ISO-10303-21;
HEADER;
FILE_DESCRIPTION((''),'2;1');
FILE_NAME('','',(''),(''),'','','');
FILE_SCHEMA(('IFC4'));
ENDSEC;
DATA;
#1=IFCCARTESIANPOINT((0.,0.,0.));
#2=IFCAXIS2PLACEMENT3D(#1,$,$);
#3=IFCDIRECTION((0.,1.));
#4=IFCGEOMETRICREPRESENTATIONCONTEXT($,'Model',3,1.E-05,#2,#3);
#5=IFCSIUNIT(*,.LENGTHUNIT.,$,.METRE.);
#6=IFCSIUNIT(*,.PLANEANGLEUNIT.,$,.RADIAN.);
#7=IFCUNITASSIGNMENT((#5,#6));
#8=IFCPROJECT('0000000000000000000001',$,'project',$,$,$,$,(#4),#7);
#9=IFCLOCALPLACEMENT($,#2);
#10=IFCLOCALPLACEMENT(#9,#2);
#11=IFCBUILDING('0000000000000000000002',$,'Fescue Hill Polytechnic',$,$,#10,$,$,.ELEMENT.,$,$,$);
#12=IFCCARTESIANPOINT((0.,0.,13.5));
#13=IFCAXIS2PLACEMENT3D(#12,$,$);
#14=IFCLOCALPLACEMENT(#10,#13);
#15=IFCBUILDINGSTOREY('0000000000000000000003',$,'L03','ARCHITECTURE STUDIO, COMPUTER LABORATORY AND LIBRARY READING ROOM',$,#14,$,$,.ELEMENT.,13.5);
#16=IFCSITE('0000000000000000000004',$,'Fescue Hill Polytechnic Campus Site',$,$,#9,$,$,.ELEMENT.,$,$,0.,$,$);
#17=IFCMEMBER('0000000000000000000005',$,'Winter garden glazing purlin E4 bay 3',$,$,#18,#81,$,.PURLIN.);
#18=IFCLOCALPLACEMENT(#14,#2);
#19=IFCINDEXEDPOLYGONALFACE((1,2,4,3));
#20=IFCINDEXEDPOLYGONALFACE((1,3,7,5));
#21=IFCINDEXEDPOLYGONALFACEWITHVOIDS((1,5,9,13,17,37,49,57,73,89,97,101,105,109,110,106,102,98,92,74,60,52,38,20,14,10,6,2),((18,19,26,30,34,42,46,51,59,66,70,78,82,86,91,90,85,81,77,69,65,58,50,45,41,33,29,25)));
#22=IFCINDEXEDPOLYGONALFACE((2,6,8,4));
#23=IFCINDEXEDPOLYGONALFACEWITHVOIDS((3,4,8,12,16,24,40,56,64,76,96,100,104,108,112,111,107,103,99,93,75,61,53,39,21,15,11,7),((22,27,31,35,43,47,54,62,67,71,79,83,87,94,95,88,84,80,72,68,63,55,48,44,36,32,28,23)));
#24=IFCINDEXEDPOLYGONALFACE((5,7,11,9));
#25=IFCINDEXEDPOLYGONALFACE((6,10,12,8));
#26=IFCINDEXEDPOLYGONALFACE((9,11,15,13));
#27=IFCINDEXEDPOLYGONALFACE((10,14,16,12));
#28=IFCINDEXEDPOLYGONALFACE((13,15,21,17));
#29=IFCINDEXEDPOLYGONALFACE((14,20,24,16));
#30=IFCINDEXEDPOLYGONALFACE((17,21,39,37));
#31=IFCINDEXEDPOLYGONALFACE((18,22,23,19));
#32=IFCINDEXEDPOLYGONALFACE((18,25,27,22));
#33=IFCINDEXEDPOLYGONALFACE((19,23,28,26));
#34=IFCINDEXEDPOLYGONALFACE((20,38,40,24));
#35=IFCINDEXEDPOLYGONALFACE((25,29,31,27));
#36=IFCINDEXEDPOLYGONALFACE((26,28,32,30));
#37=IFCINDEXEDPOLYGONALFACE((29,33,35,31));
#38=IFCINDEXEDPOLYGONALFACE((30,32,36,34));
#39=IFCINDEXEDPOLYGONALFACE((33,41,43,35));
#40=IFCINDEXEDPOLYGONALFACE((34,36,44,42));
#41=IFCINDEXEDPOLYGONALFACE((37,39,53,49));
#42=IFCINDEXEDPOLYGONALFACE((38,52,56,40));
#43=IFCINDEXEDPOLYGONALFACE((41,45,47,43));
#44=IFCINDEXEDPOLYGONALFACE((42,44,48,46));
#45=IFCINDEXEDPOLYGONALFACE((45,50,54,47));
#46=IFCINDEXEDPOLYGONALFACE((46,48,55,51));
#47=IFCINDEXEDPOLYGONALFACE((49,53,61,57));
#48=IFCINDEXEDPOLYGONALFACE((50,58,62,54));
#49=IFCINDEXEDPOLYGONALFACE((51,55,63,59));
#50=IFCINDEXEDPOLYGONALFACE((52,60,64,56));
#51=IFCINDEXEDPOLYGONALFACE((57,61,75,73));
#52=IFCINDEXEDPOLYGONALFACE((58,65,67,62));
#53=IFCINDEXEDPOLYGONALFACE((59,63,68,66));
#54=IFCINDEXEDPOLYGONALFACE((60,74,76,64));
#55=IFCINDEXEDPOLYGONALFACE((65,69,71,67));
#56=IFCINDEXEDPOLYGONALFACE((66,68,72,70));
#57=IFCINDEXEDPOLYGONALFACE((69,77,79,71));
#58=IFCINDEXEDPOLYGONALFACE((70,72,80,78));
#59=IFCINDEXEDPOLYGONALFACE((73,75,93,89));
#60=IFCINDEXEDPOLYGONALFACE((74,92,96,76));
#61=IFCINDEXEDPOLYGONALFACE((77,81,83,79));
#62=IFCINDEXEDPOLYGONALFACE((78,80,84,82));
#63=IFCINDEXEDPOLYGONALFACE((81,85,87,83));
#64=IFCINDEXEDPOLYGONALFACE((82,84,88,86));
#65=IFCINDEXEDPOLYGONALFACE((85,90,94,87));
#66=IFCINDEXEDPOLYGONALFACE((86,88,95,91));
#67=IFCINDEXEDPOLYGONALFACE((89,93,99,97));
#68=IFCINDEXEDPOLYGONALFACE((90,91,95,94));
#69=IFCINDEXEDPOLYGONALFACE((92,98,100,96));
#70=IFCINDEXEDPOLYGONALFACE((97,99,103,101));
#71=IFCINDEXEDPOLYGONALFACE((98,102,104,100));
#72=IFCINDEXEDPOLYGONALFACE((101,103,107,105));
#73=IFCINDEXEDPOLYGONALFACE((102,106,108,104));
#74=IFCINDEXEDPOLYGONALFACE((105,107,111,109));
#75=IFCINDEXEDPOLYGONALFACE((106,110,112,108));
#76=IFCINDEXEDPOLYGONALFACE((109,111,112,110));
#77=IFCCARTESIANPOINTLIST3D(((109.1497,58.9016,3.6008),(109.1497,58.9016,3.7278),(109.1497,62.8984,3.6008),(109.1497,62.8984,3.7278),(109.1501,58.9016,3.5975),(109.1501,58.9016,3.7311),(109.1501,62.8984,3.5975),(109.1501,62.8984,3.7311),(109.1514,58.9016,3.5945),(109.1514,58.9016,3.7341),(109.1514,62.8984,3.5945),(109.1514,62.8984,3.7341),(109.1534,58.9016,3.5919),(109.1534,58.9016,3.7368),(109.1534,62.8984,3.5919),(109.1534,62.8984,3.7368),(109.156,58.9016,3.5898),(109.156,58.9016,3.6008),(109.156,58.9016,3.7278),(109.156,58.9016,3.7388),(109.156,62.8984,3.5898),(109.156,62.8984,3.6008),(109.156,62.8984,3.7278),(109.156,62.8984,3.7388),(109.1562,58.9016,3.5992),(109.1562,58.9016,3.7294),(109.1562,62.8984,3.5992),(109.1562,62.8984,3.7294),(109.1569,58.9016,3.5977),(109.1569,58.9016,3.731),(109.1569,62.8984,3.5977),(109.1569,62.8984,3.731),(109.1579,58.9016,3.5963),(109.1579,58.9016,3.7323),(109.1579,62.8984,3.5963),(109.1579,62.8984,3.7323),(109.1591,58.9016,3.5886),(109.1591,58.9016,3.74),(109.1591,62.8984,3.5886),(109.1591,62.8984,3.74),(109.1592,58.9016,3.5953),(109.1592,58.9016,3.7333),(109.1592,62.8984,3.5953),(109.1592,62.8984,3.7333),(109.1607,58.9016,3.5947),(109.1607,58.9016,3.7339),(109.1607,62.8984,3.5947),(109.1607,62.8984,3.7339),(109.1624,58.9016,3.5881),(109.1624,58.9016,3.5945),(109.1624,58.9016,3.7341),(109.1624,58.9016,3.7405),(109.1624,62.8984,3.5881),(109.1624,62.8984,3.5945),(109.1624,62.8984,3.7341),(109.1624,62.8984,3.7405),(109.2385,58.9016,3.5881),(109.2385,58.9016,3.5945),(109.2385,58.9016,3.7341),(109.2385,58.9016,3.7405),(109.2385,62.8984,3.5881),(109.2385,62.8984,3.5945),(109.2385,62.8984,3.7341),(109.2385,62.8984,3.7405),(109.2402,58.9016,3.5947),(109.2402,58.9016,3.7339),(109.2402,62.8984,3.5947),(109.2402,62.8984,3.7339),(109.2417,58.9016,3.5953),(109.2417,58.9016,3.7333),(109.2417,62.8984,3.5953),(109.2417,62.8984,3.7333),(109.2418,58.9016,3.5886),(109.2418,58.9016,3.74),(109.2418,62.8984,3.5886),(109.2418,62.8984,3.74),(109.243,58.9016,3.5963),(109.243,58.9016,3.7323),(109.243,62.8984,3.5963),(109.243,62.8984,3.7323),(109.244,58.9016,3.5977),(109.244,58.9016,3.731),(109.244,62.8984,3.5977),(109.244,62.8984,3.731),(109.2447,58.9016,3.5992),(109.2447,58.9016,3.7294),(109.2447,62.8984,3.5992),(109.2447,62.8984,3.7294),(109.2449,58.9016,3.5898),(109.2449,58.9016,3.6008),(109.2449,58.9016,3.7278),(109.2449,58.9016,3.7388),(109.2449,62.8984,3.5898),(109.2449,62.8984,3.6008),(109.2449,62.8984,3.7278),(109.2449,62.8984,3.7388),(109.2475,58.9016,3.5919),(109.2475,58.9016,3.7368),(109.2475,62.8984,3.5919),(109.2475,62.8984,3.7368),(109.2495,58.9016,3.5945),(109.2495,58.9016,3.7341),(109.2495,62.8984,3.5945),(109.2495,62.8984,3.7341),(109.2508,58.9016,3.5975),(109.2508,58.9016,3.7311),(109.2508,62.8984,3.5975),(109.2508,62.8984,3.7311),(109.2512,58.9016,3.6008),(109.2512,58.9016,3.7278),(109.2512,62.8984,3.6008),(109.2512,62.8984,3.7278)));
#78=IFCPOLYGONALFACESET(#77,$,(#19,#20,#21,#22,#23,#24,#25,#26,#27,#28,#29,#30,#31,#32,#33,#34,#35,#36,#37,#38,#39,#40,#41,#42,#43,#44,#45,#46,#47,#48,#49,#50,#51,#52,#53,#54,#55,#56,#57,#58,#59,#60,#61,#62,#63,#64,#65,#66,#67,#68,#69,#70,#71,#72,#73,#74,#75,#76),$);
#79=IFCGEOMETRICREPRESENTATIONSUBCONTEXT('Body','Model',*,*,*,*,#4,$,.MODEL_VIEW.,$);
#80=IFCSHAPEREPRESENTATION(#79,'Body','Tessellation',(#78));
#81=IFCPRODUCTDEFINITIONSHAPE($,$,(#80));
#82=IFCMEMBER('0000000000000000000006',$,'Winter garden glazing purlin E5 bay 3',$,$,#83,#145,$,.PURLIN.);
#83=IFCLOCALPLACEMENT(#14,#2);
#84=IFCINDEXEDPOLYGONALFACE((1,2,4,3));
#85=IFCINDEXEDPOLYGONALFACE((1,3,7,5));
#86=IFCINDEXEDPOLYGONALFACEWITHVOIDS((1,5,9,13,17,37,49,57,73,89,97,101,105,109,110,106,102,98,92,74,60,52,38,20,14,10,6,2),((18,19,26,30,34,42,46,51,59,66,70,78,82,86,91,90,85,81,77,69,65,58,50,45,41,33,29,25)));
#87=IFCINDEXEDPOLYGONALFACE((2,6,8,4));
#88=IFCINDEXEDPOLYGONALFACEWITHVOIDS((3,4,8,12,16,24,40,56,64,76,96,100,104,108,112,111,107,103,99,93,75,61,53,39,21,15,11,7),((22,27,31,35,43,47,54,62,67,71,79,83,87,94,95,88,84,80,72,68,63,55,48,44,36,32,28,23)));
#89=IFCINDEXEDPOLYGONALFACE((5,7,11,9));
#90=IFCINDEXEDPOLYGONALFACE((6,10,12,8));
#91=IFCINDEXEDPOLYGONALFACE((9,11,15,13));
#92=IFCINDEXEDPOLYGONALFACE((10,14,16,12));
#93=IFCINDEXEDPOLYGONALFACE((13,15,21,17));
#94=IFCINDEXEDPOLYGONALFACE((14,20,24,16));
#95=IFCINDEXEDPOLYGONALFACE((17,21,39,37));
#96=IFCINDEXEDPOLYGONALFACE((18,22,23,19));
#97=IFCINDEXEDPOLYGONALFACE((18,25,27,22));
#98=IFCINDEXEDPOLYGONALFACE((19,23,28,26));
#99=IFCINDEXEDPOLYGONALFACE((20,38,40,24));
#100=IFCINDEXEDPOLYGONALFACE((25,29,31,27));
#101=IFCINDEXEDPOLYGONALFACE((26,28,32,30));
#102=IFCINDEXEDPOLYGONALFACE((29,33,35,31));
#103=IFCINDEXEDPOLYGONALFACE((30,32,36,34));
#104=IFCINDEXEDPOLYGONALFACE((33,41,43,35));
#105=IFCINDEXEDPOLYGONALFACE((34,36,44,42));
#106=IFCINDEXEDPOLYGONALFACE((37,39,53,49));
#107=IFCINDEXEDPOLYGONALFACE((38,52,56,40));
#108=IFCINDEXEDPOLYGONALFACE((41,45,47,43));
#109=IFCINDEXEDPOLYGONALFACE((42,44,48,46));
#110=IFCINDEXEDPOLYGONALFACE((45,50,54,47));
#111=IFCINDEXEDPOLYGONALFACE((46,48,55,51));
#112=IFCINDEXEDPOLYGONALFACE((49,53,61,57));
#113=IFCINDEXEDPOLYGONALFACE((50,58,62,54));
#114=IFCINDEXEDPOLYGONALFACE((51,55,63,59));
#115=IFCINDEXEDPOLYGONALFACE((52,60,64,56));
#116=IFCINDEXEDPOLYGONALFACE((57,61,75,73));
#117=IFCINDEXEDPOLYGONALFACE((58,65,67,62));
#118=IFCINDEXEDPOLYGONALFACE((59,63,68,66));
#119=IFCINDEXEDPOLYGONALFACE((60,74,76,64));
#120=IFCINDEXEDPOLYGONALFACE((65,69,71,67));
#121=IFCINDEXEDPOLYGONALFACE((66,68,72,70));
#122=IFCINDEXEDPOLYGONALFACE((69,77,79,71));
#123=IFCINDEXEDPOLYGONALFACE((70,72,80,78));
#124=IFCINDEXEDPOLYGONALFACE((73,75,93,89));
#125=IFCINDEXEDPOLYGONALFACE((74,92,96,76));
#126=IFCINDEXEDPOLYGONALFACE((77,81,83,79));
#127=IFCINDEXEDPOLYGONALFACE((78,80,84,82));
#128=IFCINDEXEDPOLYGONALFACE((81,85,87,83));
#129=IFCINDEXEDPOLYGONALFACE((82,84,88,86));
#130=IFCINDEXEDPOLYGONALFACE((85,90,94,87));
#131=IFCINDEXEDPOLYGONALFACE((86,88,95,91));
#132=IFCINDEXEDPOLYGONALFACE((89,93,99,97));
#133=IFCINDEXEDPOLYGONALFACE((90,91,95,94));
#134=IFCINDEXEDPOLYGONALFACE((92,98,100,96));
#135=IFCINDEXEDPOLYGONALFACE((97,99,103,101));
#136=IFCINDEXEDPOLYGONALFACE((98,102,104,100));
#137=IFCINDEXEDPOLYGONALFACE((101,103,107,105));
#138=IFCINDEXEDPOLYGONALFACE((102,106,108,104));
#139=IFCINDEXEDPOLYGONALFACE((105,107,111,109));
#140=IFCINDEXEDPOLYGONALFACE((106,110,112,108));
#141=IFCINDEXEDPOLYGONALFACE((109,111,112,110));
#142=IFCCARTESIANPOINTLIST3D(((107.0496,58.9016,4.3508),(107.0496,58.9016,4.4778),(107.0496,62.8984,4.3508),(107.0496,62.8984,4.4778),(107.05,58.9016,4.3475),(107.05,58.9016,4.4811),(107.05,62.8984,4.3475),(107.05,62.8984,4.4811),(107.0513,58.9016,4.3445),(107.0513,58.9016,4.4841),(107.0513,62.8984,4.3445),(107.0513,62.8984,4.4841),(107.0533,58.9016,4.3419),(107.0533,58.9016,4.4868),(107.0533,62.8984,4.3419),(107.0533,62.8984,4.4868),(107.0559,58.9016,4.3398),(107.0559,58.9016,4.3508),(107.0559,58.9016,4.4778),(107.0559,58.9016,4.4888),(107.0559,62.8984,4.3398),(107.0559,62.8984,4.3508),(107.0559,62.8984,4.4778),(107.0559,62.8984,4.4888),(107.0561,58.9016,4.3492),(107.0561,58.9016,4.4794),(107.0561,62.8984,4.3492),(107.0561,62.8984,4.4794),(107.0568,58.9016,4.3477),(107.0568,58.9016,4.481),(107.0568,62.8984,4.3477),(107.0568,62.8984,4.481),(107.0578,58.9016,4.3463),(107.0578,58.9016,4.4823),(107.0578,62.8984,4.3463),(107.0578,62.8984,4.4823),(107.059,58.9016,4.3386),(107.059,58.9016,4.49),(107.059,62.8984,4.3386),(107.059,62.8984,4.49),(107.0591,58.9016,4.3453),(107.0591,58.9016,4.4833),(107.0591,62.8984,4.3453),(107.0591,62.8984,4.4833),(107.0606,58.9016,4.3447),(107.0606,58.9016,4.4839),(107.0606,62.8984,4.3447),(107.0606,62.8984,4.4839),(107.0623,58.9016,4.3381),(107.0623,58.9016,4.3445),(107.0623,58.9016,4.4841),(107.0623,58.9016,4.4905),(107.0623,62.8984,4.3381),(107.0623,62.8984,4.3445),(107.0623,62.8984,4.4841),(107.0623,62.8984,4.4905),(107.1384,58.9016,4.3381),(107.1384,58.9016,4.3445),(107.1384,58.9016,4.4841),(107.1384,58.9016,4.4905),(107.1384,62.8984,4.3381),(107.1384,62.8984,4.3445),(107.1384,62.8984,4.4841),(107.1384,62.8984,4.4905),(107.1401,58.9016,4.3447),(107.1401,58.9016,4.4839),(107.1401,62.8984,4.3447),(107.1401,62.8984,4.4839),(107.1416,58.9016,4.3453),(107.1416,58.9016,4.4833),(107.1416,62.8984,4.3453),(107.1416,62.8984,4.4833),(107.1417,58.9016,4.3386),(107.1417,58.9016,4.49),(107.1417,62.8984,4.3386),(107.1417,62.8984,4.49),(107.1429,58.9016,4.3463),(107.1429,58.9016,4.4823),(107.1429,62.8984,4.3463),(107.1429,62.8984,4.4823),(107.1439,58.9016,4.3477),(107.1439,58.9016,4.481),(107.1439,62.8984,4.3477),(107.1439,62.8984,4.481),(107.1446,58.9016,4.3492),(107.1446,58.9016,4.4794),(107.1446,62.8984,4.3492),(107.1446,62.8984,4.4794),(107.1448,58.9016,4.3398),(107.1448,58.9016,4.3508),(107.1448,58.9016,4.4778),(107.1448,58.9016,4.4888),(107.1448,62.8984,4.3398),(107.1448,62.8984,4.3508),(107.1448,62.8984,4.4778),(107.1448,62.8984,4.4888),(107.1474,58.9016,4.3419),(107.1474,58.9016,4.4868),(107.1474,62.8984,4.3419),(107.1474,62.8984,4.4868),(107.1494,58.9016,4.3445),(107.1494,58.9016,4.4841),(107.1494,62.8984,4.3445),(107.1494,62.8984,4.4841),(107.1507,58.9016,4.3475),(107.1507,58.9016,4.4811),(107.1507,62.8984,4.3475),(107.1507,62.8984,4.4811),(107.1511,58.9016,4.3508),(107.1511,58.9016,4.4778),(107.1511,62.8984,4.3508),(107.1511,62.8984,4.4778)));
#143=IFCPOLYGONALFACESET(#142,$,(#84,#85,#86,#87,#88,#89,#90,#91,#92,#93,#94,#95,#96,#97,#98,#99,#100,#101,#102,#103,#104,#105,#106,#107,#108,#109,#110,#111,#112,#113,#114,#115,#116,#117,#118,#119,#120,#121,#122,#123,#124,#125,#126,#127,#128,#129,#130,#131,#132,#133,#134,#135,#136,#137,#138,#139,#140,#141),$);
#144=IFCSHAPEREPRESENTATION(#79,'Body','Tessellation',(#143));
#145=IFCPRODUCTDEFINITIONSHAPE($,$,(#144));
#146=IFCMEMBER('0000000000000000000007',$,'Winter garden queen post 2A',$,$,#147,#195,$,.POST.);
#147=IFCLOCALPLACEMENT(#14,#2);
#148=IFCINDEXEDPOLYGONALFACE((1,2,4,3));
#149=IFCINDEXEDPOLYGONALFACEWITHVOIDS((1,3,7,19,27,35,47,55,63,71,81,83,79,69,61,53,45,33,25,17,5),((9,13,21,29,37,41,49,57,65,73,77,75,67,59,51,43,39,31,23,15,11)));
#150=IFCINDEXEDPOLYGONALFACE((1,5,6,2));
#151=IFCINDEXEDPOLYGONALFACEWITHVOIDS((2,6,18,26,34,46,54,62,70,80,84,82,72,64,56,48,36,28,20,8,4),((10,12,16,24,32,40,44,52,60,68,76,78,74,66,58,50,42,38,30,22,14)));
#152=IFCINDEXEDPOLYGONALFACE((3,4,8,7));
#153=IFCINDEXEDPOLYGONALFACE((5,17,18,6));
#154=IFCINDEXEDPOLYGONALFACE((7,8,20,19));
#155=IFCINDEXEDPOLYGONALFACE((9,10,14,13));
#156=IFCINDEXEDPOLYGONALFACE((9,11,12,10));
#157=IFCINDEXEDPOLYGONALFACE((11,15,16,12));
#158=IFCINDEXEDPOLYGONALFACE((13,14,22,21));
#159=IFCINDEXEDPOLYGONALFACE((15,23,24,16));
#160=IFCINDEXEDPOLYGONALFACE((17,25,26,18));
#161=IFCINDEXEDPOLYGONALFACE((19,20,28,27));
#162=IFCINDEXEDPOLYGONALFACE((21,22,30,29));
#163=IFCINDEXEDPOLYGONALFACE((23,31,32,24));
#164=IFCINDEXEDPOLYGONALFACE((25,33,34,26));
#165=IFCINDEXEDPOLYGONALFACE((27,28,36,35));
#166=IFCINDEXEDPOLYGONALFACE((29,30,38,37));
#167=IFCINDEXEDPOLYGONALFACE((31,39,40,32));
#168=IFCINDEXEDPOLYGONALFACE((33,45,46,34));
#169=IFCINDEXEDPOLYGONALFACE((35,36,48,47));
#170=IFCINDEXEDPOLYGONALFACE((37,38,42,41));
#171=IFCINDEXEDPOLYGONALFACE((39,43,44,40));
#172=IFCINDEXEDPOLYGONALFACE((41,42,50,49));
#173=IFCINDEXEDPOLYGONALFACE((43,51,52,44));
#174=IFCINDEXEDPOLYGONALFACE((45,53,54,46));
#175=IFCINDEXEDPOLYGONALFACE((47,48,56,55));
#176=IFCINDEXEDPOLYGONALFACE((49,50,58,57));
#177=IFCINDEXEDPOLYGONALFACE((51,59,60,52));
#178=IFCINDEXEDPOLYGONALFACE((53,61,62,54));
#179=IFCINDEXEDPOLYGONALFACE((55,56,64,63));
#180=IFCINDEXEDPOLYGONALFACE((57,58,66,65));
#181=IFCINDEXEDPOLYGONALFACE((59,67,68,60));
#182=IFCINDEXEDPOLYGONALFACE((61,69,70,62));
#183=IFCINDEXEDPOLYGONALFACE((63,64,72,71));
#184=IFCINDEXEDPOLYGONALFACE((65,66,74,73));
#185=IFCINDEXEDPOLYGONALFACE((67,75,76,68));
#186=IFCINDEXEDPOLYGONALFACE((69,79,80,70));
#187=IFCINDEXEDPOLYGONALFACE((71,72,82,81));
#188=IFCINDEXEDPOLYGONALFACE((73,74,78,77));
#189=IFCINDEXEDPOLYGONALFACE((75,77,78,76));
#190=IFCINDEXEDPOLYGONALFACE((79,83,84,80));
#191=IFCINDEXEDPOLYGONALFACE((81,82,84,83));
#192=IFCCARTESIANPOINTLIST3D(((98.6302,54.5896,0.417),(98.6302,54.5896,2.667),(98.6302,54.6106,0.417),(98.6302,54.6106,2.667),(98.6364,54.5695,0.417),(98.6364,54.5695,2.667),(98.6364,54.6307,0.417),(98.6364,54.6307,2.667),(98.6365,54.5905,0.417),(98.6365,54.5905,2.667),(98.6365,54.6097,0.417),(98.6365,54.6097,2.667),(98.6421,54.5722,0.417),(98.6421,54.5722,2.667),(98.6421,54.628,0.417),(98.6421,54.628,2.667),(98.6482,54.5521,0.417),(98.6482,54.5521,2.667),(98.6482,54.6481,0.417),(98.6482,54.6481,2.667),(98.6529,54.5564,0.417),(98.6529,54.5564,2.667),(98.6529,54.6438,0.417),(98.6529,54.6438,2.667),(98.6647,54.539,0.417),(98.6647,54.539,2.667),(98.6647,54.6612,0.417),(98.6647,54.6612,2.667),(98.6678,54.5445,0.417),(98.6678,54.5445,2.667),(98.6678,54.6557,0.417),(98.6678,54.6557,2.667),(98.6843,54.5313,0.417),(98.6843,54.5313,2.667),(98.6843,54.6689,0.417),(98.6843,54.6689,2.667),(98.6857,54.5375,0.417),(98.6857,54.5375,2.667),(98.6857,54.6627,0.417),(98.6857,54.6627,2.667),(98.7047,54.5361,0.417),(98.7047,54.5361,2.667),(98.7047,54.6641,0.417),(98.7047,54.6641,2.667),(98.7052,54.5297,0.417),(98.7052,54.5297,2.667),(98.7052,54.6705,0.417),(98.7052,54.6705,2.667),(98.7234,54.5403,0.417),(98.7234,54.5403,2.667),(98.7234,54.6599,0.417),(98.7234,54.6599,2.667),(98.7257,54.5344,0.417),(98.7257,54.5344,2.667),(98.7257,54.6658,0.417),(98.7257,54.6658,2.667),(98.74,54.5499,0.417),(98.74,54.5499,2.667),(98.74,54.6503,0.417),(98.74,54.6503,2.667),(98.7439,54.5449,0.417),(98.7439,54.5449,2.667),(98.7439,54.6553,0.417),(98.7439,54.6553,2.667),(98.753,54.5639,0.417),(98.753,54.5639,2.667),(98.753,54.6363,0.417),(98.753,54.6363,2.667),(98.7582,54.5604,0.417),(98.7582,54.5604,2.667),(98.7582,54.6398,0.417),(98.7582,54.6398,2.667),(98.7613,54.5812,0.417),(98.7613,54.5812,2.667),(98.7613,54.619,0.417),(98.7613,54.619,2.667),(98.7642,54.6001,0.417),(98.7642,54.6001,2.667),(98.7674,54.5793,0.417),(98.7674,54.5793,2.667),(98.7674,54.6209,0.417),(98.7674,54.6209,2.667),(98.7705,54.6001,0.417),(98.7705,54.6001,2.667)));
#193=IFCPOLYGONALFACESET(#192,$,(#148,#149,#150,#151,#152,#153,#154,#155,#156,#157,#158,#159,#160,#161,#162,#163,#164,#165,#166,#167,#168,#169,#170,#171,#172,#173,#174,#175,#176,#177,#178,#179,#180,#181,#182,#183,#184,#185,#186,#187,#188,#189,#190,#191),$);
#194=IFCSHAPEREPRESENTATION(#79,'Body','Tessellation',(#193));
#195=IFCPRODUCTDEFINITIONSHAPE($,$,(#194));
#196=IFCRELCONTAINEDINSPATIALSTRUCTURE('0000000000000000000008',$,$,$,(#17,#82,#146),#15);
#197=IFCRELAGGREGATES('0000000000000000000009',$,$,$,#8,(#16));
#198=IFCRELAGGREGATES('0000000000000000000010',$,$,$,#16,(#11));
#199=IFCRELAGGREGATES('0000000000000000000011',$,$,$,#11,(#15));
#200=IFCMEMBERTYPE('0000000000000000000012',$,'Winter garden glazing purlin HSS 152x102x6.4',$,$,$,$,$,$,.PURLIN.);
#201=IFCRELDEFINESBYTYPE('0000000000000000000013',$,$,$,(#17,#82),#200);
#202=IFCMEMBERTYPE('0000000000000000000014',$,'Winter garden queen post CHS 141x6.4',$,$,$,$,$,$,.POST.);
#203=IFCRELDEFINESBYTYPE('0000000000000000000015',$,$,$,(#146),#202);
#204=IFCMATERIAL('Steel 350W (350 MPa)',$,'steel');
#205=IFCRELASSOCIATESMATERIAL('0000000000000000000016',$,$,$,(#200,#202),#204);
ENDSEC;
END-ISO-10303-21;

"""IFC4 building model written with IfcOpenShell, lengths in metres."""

from ifc_helpers import new_model, si_unit, direction, frame, origin, origin_2d, place, context, subcontext, project, spatial, hollow_rectangle, hollow_circle, extrude, material, material_profile, profile_set, type_object, element, save


model = new_model("IFC4")

# Units and contexts
model_context = context("Model", 3, precision=1e-05, world=origin(), true_north=direction((0.0, 1.0)))
body_context = subcontext(model_context, "Body", "Model", "MODEL_VIEW")
ifc_project = project(units=[si_unit("LENGTHUNIT", "METRE"), si_unit("PLANEANGLEUNIT", "RADIAN")], contexts=[model_context])

# Site, building, storey
site_placement = place(None, origin())
site = spatial("IfcSite", under=ifc_project, at=site_placement, Name="Fescue Hill Polytechnic Campus Site", CompositionType="ELEMENT", RefElevation=0.0)
building_placement = place(site_placement, origin())
building = spatial("IfcBuilding", under=site, at=building_placement, Name="Fescue Hill Polytechnic", CompositionType="ELEMENT")
storey_placement = place(building_placement, frame((0.0, 0.0, 13.5)))
storey = spatial("IfcBuildingStorey", under=building, at=storey_placement, Name="L03", Description="ARCHITECTURE STUDIO, COMPUTER LABORATORY AND LIBRARY READING ROOM", CompositionType="ELEMENT", Elevation=13.5)

# Members
ifc_material_1 = material(Name="Steel 350W (350 MPa)", Category="steel")
ifc_material_profile_1 = material_profile(ifc_material_1, hollow_rectangle(XDim=0.1016, YDim=0.1523, WallThickness=0.0063, InnerFilletRadius=0.0063, OuterFilletRadius=0.0127, at=origin_2d()), Name="Winter garden glazing purlin HSS 152x102x6.4")
ifc_profile_set_1 = profile_set([ifc_material_profile_1], Name="Steel 350W (350 MPa)")
member_type_1 = type_object("IfcMemberType", Name="Winter garden glazing purlin HSS 152x102x6.4", PredefinedType="PURLIN", material=ifc_profile_set_1)
for number, where, z_axis, x_axis, name in (
    (1, (109.2004, 58.9016, 3.6643), (0.0, 1.0, 0.0), (-1.0, 0.0, 0.0), "Winter garden glazing purlin E4 bay 3"),
    (2, (107.1003, 58.9016, 4.4143), (0.0, 1.0, 0.0), (-1.0, 0.0, 0.0), "Winter garden glazing purlin E5 bay 3"),
):
    element("IfcMember", number, at=place(storey_placement, frame(where, z_axis=z_axis, x_axis=x_axis)), inside=storey, type_object=member_type_1, Name=name, PredefinedType="PURLIN", context=body_context, shape_type="SweptSolid", body=[
        extrude(hollow_rectangle(XDim=0.1016, YDim=0.1523, WallThickness=0.0063, InnerFilletRadius=0.0063, OuterFilletRadius=0.0127, at=origin_2d()), origin(), (0.0, 0.0, 1.0), 3.9968),
    ])
ifc_material_profile_2 = material_profile(ifc_material_1, hollow_circle(Radius=0.0706, WallThickness=0.0063, at=origin_2d()), Name="Winter garden queen post CHS 141x6.4")
ifc_profile_set_2 = profile_set([ifc_material_profile_2], Name="Steel 350W (350 MPa)")
member_type_2 = type_object("IfcMemberType", Name="Winter garden queen post CHS 141x6.4", PredefinedType="POST", material=ifc_profile_set_2)
for number, where, z_axis, x_axis, name in (
    (3, (98.7, 54.6001, 0.417), (0.0, 0.0, 1.0), (1.0, 0.0, 0.0), "Winter garden queen post 2A"),
):
    element("IfcMember", number, at=place(storey_placement, frame(where, z_axis=z_axis, x_axis=x_axis)), inside=storey, type_object=member_type_2, Name=name, PredefinedType="POST", context=body_context, shape_type="SweptSolid", body=[
        extrude(hollow_circle(Radius=0.0706, WallThickness=0.0063, at=origin_2d()), origin(), (0.0, 0.0, 1.0), 2.25),
    ])

save(model, "model.ifc")
